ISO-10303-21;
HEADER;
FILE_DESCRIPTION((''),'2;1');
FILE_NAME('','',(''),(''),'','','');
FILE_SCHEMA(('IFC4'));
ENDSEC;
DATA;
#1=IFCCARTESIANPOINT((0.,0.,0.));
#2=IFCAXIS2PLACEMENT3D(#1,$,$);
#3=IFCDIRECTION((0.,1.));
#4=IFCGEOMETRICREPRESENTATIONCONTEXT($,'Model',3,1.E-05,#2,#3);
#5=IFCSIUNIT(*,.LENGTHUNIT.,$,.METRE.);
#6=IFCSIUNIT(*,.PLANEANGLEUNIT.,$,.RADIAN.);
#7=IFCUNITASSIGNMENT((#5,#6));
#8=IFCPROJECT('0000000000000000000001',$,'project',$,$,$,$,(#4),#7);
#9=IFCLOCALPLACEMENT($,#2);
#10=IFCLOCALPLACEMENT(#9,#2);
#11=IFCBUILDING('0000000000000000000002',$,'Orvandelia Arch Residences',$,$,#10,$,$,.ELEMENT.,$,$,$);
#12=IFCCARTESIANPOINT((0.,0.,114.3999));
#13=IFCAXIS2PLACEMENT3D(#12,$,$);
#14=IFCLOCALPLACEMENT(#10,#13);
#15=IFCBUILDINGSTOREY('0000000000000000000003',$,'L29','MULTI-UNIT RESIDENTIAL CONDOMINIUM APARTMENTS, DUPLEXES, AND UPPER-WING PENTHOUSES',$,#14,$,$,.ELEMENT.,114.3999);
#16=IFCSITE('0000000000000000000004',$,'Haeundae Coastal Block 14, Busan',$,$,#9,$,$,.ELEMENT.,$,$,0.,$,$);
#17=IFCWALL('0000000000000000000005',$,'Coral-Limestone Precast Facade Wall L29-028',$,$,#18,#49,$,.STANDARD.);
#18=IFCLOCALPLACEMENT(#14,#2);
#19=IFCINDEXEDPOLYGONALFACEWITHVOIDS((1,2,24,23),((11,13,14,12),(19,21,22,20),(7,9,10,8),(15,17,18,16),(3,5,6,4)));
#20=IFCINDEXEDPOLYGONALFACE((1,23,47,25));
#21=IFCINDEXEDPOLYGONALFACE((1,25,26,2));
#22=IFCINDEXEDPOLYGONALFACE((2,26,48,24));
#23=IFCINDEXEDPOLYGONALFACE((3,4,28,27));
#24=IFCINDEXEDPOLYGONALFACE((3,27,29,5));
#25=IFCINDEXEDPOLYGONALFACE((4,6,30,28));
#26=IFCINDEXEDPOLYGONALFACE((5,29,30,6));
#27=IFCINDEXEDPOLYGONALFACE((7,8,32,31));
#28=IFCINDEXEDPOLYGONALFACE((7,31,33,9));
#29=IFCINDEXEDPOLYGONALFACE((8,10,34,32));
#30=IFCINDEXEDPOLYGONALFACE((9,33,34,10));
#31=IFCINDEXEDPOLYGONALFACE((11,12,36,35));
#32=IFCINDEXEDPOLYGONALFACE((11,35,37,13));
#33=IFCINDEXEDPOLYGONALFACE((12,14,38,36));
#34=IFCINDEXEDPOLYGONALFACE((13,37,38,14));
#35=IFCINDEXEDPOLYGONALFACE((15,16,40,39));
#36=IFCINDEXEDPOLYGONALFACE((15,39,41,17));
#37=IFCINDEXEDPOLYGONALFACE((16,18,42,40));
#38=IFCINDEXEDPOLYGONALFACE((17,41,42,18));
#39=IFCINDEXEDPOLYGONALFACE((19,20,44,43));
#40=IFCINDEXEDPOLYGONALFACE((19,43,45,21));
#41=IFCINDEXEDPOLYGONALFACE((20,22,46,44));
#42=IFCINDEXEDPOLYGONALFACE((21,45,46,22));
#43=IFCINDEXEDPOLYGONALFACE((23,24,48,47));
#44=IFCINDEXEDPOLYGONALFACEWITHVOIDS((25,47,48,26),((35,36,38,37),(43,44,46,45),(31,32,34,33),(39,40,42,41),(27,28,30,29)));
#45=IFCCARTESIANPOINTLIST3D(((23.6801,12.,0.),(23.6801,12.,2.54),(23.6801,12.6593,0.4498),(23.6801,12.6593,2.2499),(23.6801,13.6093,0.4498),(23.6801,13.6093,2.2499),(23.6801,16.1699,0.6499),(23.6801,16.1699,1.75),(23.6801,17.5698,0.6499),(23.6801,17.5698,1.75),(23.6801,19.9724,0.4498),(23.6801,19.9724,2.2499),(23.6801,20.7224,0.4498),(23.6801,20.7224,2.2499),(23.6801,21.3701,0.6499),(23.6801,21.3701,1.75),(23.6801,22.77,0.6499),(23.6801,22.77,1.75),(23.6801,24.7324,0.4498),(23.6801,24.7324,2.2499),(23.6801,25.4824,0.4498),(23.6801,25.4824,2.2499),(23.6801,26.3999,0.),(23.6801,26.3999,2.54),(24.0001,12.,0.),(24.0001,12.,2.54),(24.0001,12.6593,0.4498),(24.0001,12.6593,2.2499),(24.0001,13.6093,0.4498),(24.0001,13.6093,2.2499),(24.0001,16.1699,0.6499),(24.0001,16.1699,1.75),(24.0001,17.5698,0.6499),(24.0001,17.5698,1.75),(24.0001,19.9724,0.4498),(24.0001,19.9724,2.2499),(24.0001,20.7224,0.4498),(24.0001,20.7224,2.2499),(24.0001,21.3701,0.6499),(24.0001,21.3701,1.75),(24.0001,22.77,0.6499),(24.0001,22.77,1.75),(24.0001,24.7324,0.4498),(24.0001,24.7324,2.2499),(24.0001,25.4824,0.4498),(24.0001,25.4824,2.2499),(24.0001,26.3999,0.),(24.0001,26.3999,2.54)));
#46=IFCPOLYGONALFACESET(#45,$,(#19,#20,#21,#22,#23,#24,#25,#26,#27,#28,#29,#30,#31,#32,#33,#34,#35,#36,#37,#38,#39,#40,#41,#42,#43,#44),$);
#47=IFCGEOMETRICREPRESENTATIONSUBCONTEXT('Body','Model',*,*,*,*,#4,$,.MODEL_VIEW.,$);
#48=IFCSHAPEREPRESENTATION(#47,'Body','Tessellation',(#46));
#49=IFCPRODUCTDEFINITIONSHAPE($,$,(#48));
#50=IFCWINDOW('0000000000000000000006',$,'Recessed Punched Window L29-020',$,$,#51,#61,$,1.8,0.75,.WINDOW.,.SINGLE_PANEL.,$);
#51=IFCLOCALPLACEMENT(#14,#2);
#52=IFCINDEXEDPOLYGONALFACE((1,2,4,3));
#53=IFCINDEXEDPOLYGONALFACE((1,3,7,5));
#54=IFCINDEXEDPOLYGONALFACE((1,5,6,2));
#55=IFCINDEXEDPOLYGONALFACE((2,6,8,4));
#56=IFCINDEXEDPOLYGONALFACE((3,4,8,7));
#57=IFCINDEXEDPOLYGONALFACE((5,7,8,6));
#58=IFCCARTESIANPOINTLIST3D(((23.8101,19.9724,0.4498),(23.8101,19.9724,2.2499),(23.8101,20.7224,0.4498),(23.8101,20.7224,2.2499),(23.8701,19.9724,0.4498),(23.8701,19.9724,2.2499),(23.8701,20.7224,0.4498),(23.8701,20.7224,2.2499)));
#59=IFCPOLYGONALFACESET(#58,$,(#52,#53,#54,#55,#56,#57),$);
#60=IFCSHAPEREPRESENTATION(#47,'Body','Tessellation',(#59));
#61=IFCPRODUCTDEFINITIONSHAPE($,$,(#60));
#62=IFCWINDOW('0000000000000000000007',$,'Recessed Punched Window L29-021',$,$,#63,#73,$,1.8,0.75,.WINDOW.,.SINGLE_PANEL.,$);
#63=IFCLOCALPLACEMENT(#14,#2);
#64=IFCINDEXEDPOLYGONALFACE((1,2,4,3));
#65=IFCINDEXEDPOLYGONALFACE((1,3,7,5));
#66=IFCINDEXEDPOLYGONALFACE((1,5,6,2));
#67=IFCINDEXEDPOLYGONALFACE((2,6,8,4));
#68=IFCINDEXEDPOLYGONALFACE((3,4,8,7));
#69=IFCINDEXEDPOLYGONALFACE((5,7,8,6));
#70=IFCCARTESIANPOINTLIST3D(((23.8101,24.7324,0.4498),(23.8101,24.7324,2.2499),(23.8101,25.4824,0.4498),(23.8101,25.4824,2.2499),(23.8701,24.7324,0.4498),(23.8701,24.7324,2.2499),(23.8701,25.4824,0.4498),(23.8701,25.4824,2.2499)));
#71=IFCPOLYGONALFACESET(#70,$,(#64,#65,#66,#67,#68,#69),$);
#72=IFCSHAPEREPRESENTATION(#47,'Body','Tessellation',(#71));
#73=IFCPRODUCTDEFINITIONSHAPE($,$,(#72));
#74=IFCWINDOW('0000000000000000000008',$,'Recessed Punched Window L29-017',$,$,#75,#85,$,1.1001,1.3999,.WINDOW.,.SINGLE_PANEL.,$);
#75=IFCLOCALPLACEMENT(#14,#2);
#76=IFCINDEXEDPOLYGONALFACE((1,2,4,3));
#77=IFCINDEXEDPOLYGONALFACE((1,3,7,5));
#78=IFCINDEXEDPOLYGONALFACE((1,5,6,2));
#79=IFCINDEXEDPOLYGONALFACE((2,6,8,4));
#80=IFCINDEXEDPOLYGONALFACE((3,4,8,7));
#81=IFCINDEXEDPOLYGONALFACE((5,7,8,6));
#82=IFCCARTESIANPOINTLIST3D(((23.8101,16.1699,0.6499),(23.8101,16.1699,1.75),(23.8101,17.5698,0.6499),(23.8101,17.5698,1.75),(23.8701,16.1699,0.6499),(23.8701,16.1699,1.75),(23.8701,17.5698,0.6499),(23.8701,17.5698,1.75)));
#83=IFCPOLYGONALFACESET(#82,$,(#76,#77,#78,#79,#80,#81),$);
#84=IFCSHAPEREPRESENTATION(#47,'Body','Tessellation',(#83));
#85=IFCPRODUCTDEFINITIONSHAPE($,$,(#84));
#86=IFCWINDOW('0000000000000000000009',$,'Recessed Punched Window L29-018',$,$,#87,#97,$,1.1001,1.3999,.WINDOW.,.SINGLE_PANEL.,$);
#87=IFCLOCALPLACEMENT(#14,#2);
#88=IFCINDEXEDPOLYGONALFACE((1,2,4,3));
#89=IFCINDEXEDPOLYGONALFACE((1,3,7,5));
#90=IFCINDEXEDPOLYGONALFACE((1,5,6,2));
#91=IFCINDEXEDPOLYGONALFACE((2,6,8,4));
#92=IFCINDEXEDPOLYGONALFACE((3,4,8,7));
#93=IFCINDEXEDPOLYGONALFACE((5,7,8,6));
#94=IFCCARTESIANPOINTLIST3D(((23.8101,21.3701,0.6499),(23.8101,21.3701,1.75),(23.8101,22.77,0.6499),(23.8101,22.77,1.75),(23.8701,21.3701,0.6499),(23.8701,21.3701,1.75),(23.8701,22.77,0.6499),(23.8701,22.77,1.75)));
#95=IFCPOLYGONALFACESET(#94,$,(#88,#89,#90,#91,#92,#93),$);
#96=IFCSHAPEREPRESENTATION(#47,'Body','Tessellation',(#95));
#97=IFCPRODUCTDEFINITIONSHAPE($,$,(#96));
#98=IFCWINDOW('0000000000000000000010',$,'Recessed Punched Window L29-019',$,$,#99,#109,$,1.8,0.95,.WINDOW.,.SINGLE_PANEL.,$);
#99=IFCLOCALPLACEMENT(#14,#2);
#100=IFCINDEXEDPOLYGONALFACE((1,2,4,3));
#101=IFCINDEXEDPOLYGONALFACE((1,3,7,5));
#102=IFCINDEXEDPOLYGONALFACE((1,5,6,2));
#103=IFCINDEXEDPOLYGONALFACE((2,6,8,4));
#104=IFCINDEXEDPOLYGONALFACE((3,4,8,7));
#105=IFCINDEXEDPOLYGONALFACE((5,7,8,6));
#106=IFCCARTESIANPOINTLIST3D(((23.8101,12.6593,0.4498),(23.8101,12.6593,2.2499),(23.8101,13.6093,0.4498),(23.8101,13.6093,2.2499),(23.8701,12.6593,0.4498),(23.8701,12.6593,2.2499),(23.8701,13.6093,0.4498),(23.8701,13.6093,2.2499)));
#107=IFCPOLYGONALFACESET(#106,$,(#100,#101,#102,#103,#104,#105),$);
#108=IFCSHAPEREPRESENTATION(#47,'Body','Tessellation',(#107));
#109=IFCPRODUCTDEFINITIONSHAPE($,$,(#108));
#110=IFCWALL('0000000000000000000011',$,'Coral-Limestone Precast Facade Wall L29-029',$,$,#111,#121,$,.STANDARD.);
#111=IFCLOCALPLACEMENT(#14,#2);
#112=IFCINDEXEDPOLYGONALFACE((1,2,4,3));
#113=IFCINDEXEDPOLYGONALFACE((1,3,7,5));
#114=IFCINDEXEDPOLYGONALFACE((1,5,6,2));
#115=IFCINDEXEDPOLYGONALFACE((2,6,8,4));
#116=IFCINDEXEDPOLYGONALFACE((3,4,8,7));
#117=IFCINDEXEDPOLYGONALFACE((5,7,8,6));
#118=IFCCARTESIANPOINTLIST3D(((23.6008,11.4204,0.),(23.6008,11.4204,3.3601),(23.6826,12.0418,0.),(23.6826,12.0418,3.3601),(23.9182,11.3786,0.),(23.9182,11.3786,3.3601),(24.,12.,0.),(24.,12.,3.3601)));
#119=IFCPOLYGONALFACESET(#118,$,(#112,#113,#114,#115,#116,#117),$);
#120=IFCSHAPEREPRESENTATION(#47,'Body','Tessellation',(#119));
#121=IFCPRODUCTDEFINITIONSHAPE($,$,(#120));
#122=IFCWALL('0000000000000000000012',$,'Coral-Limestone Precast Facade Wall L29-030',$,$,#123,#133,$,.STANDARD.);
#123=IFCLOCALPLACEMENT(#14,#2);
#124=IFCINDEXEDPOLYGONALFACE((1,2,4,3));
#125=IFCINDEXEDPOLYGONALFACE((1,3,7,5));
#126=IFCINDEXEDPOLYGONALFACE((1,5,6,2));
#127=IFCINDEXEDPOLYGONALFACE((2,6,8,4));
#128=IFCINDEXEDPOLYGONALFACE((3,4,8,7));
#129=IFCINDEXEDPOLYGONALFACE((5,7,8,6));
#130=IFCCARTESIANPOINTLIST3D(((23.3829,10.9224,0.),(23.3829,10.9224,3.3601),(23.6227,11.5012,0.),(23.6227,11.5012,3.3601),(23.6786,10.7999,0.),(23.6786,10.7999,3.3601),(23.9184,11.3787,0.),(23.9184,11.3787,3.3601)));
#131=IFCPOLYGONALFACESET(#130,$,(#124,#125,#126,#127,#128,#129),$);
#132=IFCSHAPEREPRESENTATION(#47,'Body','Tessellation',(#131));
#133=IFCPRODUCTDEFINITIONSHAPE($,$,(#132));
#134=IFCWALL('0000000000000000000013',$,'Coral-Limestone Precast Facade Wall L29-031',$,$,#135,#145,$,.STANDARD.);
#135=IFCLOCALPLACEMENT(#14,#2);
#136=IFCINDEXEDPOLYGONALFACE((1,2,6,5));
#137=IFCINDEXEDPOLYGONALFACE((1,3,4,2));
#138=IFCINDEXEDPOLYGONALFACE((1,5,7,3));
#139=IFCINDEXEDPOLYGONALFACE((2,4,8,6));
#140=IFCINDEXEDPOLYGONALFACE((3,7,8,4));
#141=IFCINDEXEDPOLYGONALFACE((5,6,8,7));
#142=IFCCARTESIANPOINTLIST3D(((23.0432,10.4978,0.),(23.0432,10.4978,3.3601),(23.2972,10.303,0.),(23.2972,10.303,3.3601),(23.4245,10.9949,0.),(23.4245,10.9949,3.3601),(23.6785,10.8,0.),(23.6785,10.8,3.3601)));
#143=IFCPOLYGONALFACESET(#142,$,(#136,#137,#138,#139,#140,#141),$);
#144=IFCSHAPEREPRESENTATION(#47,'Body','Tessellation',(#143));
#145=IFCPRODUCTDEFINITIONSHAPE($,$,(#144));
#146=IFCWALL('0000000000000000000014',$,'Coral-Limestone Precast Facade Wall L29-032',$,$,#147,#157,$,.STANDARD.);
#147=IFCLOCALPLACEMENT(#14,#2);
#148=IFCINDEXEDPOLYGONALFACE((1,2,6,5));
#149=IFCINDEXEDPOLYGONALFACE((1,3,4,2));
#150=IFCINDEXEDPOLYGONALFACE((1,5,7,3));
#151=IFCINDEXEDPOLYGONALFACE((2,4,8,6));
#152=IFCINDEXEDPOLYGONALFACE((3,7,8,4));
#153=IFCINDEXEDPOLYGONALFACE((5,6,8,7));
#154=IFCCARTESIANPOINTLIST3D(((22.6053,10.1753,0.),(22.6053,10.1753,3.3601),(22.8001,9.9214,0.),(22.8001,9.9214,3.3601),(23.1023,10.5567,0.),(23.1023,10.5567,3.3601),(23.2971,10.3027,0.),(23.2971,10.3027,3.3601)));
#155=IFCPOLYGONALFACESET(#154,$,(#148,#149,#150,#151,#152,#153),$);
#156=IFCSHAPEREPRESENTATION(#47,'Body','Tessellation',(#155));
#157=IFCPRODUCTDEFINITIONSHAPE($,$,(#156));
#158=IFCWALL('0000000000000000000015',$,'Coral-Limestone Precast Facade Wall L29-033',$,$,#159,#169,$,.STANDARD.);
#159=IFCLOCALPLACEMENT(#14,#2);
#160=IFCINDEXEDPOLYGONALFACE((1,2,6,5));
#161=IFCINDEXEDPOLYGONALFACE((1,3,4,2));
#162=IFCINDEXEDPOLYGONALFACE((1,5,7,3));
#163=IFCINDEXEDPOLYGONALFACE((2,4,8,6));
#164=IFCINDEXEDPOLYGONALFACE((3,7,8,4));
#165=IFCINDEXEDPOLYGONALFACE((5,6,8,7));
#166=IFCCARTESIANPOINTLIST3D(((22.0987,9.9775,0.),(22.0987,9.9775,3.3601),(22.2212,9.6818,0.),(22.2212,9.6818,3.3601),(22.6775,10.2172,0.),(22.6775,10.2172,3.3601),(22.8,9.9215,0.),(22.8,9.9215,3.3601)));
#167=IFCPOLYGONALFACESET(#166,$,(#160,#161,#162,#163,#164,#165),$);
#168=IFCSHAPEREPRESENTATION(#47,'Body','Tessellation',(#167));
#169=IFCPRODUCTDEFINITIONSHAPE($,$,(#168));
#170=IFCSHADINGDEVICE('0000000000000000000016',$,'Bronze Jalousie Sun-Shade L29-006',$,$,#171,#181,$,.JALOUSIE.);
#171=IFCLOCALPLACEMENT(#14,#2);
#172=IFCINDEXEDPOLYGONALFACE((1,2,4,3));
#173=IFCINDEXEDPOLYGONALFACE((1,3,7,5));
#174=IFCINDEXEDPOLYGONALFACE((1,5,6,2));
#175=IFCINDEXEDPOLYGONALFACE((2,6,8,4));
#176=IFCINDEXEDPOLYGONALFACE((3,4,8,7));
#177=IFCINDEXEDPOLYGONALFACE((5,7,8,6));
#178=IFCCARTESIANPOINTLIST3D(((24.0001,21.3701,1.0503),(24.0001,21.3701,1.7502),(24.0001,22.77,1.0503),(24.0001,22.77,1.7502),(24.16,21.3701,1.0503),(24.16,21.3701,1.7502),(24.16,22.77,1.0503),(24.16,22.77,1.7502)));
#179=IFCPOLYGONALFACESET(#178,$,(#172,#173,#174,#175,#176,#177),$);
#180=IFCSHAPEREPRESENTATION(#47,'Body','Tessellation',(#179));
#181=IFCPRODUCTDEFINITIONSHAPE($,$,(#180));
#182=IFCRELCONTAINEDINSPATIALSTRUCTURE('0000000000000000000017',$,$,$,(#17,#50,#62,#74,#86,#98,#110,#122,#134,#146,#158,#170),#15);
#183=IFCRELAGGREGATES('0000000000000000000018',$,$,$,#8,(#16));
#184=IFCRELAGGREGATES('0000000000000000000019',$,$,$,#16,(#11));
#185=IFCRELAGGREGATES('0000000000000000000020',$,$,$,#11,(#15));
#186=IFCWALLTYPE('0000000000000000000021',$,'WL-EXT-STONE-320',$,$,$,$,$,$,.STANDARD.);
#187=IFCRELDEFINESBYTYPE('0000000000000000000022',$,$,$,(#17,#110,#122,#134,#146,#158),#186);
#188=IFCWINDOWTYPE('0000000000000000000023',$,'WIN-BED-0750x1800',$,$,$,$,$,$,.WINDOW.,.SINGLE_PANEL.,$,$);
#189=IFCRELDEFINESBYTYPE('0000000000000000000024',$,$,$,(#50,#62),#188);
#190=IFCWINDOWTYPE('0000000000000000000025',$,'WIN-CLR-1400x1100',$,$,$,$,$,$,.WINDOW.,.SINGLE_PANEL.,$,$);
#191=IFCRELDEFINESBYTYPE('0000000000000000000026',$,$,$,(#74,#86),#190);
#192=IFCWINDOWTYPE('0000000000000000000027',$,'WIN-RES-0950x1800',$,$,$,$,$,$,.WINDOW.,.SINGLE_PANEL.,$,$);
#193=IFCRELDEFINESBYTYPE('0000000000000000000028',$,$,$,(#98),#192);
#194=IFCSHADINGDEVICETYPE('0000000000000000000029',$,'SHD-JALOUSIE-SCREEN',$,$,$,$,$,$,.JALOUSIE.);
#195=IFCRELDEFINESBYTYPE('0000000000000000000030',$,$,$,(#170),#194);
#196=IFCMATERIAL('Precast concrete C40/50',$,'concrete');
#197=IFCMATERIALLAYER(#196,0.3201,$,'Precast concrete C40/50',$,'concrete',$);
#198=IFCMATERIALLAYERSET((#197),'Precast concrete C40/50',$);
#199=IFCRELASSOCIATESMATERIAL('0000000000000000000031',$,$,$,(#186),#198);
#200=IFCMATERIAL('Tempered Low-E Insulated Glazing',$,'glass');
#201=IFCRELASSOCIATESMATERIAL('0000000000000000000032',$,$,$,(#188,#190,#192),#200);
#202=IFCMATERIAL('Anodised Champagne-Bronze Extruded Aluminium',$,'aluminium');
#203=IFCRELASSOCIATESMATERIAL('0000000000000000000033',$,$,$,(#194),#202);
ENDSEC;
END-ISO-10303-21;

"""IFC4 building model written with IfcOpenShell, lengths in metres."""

from ifc_helpers import new_model, si_unit, direction, frame, frame_2d, origin, origin_2d, place, context, subcontext, project, spatial, rectangle, extrude, material, layer, layer_set, type_object, element, fill, save


model = new_model("IFC4")

# Units and contexts
model_context = context("Model", 3, precision=1e-05, world=origin(), true_north=direction((0.0, 1.0)))
body_context = subcontext(model_context, "Body", "Model", "MODEL_VIEW")
ifc_project = project(units=[si_unit("LENGTHUNIT", "METRE"), si_unit("PLANEANGLEUNIT", "RADIAN")], contexts=[model_context])

# Site, building, storey
site_placement = place(None, origin())
site = spatial("IfcSite", under=ifc_project, at=site_placement, Name="Haeundae Coastal Block 14, Busan", CompositionType="ELEMENT", RefElevation=0.0)
building_placement = place(site_placement, origin())
building = spatial("IfcBuilding", under=site, at=building_placement, Name="Orvandelia Arch Residences", CompositionType="ELEMENT")
storey_placement = place(building_placement, frame((0.0, 0.0, 114.3999)))
storey = spatial("IfcBuildingStorey", under=building, at=storey_placement, Name="L29", Description="MULTI-UNIT RESIDENTIAL CONDOMINIUM APARTMENTS, DUPLEXES, AND UPPER-WING PENTHOUSES", CompositionType="ELEMENT", Elevation=114.3999)

# Shared definitions
ifc_material_1 = material(Name="Precast concrete C40/50", Category="concrete")
ifc_layer = layer(ifc_material_1, 0.3201, Name="Precast concrete C40/50", Category="concrete")
ifc_layer_set = layer_set([ifc_layer], Name="Precast concrete C40/50")
wall_type = type_object("IfcWallType", Name="WL-EXT-STONE-320", PredefinedType="STANDARD", material=ifc_layer_set)

# Wall, openings, windows
wall_1_placement = place(storey_placement, frame((23.8401, 26.3999, 0.0), z_axis=(0.0, 0.0, 1.0), x_axis=(0.0, -1.0, 0.0)))
wall_1 = element("IfcWall", 1, at=wall_1_placement, inside=storey, type_object=wall_type, Name="Coral-Limestone Precast Facade Wall L29-028", PredefinedType="STANDARD", context=body_context, shape_type="SweptSolid", body=[
    extrude(rectangle(XDim=14.3999, YDim=0.3201, at=frame_2d((7.2, 0.0))), origin(), (0.0, 0.0, 1.0), 2.54),
])
opening_1_placement = place(wall_1_placement, frame((8.8301, 0.0, 0.6499)))
opening_1 = element("IfcOpeningElement", 2, at=opening_1_placement, cuts=wall_1, PredefinedType="OPENING", context=body_context, shape_type="SweptSolid", body=[
    extrude(rectangle(XDim=1.3999, YDim=1.1001, at=frame_2d((0.7, 0.55))), frame((0.0, 0.1699, 0.0), z_axis=(0.0, -1.0, 0.0), x_axis=(1.0, 0.0, 0.0)), (0.0, 0.0, 1.0), 0.3401),
])
opening_2_placement = place(wall_1_placement, frame((3.6299, 0.0, 0.6499)))
opening_2 = element("IfcOpeningElement", 3, at=opening_2_placement, cuts=wall_1, PredefinedType="OPENING", context=body_context, shape_type="SweptSolid", body=[
    extrude(rectangle(XDim=1.3999, YDim=1.1001, at=frame_2d((0.7, 0.55))), frame((0.0, 0.1699, 0.0), z_axis=(0.0, -1.0, 0.0), x_axis=(1.0, 0.0, 0.0)), (0.0, 0.0, 1.0), 0.3401),
])
opening_3_placement = place(wall_1_placement, frame((12.7905, 0.0, 0.45)))
opening_3 = element("IfcOpeningElement", 4, at=opening_3_placement, cuts=wall_1, PredefinedType="OPENING", context=body_context, shape_type="SweptSolid", body=[
    extrude(rectangle(XDim=0.95, YDim=1.8, at=frame_2d((0.4751, 0.8999))), frame((0.0, 0.1699, 0.0), z_axis=(0.0, -1.0, 0.0), x_axis=(1.0, 0.0, 0.0)), (0.0, 0.0, 1.0), 0.3401),
])
opening_4_placement = place(wall_1_placement, frame((5.6775, 0.0, 0.45)))
opening_4 = element("IfcOpeningElement", 5, at=opening_4_placement, cuts=wall_1, PredefinedType="OPENING", context=body_context, shape_type="SweptSolid", body=[
    extrude(rectangle(XDim=0.75, YDim=1.8, at=frame_2d((0.375, 0.8999))), frame((0.0, 0.1699, 0.0), z_axis=(0.0, -1.0, 0.0), x_axis=(1.0, 0.0, 0.0)), (0.0, 0.0, 1.0), 0.3401),
])
opening_5_placement = place(wall_1_placement, frame((0.9175, 0.0, 0.45)))
opening_5 = element("IfcOpeningElement", 6, at=opening_5_placement, cuts=wall_1, PredefinedType="OPENING", context=body_context, shape_type="SweptSolid", body=[
    extrude(rectangle(XDim=0.75, YDim=1.8, at=frame_2d((0.375, 0.8999))), frame((0.0, 0.1699, 0.0), z_axis=(0.0, -1.0, 0.0), x_axis=(1.0, 0.0, 0.0)), (0.0, 0.0, 1.0), 0.3401),
])
ifc_material_2 = material(Name="Tempered Low-E Insulated Glazing", Category="glass")
window_type_1 = type_object("IfcWindowType", Name="WIN-BED-0750x1800", PartitioningType="SINGLE_PANEL", PredefinedType="WINDOW", material=ifc_material_2)
window_1_placement = place(opening_4_placement, origin())
window_1 = element("IfcWindow", 7, at=window_1_placement, inside=storey, type_object=window_type_1, Name="Recessed Punched Window L29-020", OverallHeight=1.8, OverallWidth=0.75, PartitioningType="SINGLE_PANEL", PredefinedType="WINDOW", context=body_context, shape_type="SweptSolid", body=[
    extrude(rectangle(XDim=0.75, YDim=1.8, at=frame_2d((0.375, 0.8999))), frame((0.0, 0.03, 0.0), z_axis=(0.0, -1.0, 0.0), x_axis=(1.0, 0.0, 0.0)), (0.0, 0.0, 1.0), 0.0601),
])
fill(opening_4, window_1)
window_2_placement = place(opening_5_placement, origin())
window_2 = element("IfcWindow", 8, at=window_2_placement, inside=storey, type_object=window_type_1, Name="Recessed Punched Window L29-021", OverallHeight=1.8, OverallWidth=0.75, PartitioningType="SINGLE_PANEL", PredefinedType="WINDOW", context=body_context, shape_type="SweptSolid", body=[
    extrude(rectangle(XDim=0.75, YDim=1.8, at=frame_2d((0.375, 0.8999))), frame((0.0, 0.03, 0.0), z_axis=(0.0, -1.0, 0.0), x_axis=(1.0, 0.0, 0.0)), (0.0, 0.0, 1.0), 0.0601),
])
fill(opening_5, window_2)
window_type_2 = type_object("IfcWindowType", Name="WIN-CLR-1400x1100", PartitioningType="SINGLE_PANEL", PredefinedType="WINDOW", material=ifc_material_2)
window_3_placement = place(opening_1_placement, origin())
window_3 = element("IfcWindow", 9, at=window_3_placement, inside=storey, type_object=window_type_2, Name="Recessed Punched Window L29-017", OverallHeight=1.1001, OverallWidth=1.3999, PartitioningType="SINGLE_PANEL", PredefinedType="WINDOW", context=body_context, shape_type="SweptSolid", body=[
    extrude(rectangle(XDim=1.3999, YDim=1.1001, at=frame_2d((0.7, 0.55))), frame((0.0, 0.03, 0.0), z_axis=(0.0, -1.0, 0.0), x_axis=(1.0, 0.0, 0.0)), (0.0, 0.0, 1.0), 0.0601),
])
fill(opening_1, window_3)
window_4_placement = place(opening_2_placement, origin())
window_4 = element("IfcWindow", 10, at=window_4_placement, inside=storey, type_object=window_type_2, Name="Recessed Punched Window L29-018", OverallHeight=1.1001, OverallWidth=1.3999, PartitioningType="SINGLE_PANEL", PredefinedType="WINDOW", context=body_context, shape_type="SweptSolid", body=[
    extrude(rectangle(XDim=1.3999, YDim=1.1001, at=frame_2d((0.7, 0.55))), frame((0.0, 0.03, 0.0), z_axis=(0.0, -1.0, 0.0), x_axis=(1.0, 0.0, 0.0)), (0.0, 0.0, 1.0), 0.0601),
])
fill(opening_2, window_4)
window_type_3 = type_object("IfcWindowType", Name="WIN-RES-0950x1800", PartitioningType="SINGLE_PANEL", PredefinedType="WINDOW", material=ifc_material_2)
window_5_placement = place(opening_3_placement, origin())
window_5 = element("IfcWindow", 11, at=window_5_placement, inside=storey, type_object=window_type_3, Name="Recessed Punched Window L29-019", OverallHeight=1.8, OverallWidth=0.95, PartitioningType="SINGLE_PANEL", PredefinedType="WINDOW", context=body_context, shape_type="SweptSolid", body=[
    extrude(rectangle(XDim=0.95, YDim=1.8, at=frame_2d((0.4751, 0.8999))), frame((0.0, 0.03, 0.0), z_axis=(0.0, -1.0, 0.0), x_axis=(1.0, 0.0, 0.0)), (0.0, 0.0, 1.0), 0.0601),
])
fill(opening_3, window_5)

# Walls
wall_2_placement = place(storey_placement, frame((23.8413, 12.021, 0.0), z_axis=(0.0, 0.0, 1.0), x_axis=(-0.130505, -0.991448, 0.0)))
element("IfcWall", 12, at=wall_2_placement, inside=storey, type_object=wall_type, Name="Coral-Limestone Precast Facade Wall L29-029", PredefinedType="STANDARD", context=body_context, shape_type="SweptSolid", body=[
    extrude(rectangle(XDim=0.6267, YDim=0.3201, at=frame_2d((0.3135, 0.0))), origin(), (0.0, 0.0, 1.0), 3.3601),
])
for number, where, z_axis, x_axis, name in (
    (13, (23.7705, 11.4399, 0.0), (0.0, 0.0, 1.0), (-0.38265, -0.923893, 0.0), "Coral-Limestone Precast Facade Wall L29-030"),
    (14, (23.5515, 10.8975, 0.0), (0.0, 0.0, 1.0), (-0.608693, -0.793406, 0.0), "Coral-Limestone Precast Facade Wall L29-031"),
    (15, (23.1997, 10.4297, 0.0), (0.0, 0.0, 1.0), (-0.793406, -0.608693, 0.0), "Coral-Limestone Precast Facade Wall L29-032"),
    (16, (22.7388, 10.0693, 0.0), (0.0, 0.0, 1.0), (-0.923893, -0.38265, 0.0), "Coral-Limestone Precast Facade Wall L29-033"),
):
    element("IfcWall", number, at=place(storey_placement, frame(where, z_axis=z_axis, x_axis=x_axis)), inside=storey, type_object=wall_type, Name=name, PredefinedType="STANDARD", context=body_context, shape_type="SweptSolid", body=[
        extrude(rectangle(XDim=0.6265, YDim=0.3201, at=frame_2d((0.3132, 0.0))), origin(), (0.0, 0.0, 1.0), 3.3601),
    ])

# Shading device
ifc_material_3 = material(Name="Anodised Champagne-Bronze Extruded Aluminium", Category="aluminium")
shading_device_type_1 = type_object("IfcShadingDeviceType", Name="SHD-JALOUSIE-SCREEN", PredefinedType="JALOUSIE", material=ifc_material_3)
shading_device_1_placement = place(storey_placement, frame((24.0801, 22.0701, 1.0503), z_axis=(0.0, 0.0, 1.0), x_axis=(0.0, -1.0, 0.0)))
element("IfcShadingDevice", 17, at=shading_device_1_placement, inside=storey, type_object=shading_device_type_1, Name="Bronze Jalousie Sun-Shade L29-006", PredefinedType="JALOUSIE", context=body_context, shape_type="SweptSolid", body=[
    extrude(rectangle(XDim=1.3999, YDim=0.1599, at=origin_2d()), origin(), (0.0, 0.0, 1.0), 0.7),
])

save(model, "model.ifc")
